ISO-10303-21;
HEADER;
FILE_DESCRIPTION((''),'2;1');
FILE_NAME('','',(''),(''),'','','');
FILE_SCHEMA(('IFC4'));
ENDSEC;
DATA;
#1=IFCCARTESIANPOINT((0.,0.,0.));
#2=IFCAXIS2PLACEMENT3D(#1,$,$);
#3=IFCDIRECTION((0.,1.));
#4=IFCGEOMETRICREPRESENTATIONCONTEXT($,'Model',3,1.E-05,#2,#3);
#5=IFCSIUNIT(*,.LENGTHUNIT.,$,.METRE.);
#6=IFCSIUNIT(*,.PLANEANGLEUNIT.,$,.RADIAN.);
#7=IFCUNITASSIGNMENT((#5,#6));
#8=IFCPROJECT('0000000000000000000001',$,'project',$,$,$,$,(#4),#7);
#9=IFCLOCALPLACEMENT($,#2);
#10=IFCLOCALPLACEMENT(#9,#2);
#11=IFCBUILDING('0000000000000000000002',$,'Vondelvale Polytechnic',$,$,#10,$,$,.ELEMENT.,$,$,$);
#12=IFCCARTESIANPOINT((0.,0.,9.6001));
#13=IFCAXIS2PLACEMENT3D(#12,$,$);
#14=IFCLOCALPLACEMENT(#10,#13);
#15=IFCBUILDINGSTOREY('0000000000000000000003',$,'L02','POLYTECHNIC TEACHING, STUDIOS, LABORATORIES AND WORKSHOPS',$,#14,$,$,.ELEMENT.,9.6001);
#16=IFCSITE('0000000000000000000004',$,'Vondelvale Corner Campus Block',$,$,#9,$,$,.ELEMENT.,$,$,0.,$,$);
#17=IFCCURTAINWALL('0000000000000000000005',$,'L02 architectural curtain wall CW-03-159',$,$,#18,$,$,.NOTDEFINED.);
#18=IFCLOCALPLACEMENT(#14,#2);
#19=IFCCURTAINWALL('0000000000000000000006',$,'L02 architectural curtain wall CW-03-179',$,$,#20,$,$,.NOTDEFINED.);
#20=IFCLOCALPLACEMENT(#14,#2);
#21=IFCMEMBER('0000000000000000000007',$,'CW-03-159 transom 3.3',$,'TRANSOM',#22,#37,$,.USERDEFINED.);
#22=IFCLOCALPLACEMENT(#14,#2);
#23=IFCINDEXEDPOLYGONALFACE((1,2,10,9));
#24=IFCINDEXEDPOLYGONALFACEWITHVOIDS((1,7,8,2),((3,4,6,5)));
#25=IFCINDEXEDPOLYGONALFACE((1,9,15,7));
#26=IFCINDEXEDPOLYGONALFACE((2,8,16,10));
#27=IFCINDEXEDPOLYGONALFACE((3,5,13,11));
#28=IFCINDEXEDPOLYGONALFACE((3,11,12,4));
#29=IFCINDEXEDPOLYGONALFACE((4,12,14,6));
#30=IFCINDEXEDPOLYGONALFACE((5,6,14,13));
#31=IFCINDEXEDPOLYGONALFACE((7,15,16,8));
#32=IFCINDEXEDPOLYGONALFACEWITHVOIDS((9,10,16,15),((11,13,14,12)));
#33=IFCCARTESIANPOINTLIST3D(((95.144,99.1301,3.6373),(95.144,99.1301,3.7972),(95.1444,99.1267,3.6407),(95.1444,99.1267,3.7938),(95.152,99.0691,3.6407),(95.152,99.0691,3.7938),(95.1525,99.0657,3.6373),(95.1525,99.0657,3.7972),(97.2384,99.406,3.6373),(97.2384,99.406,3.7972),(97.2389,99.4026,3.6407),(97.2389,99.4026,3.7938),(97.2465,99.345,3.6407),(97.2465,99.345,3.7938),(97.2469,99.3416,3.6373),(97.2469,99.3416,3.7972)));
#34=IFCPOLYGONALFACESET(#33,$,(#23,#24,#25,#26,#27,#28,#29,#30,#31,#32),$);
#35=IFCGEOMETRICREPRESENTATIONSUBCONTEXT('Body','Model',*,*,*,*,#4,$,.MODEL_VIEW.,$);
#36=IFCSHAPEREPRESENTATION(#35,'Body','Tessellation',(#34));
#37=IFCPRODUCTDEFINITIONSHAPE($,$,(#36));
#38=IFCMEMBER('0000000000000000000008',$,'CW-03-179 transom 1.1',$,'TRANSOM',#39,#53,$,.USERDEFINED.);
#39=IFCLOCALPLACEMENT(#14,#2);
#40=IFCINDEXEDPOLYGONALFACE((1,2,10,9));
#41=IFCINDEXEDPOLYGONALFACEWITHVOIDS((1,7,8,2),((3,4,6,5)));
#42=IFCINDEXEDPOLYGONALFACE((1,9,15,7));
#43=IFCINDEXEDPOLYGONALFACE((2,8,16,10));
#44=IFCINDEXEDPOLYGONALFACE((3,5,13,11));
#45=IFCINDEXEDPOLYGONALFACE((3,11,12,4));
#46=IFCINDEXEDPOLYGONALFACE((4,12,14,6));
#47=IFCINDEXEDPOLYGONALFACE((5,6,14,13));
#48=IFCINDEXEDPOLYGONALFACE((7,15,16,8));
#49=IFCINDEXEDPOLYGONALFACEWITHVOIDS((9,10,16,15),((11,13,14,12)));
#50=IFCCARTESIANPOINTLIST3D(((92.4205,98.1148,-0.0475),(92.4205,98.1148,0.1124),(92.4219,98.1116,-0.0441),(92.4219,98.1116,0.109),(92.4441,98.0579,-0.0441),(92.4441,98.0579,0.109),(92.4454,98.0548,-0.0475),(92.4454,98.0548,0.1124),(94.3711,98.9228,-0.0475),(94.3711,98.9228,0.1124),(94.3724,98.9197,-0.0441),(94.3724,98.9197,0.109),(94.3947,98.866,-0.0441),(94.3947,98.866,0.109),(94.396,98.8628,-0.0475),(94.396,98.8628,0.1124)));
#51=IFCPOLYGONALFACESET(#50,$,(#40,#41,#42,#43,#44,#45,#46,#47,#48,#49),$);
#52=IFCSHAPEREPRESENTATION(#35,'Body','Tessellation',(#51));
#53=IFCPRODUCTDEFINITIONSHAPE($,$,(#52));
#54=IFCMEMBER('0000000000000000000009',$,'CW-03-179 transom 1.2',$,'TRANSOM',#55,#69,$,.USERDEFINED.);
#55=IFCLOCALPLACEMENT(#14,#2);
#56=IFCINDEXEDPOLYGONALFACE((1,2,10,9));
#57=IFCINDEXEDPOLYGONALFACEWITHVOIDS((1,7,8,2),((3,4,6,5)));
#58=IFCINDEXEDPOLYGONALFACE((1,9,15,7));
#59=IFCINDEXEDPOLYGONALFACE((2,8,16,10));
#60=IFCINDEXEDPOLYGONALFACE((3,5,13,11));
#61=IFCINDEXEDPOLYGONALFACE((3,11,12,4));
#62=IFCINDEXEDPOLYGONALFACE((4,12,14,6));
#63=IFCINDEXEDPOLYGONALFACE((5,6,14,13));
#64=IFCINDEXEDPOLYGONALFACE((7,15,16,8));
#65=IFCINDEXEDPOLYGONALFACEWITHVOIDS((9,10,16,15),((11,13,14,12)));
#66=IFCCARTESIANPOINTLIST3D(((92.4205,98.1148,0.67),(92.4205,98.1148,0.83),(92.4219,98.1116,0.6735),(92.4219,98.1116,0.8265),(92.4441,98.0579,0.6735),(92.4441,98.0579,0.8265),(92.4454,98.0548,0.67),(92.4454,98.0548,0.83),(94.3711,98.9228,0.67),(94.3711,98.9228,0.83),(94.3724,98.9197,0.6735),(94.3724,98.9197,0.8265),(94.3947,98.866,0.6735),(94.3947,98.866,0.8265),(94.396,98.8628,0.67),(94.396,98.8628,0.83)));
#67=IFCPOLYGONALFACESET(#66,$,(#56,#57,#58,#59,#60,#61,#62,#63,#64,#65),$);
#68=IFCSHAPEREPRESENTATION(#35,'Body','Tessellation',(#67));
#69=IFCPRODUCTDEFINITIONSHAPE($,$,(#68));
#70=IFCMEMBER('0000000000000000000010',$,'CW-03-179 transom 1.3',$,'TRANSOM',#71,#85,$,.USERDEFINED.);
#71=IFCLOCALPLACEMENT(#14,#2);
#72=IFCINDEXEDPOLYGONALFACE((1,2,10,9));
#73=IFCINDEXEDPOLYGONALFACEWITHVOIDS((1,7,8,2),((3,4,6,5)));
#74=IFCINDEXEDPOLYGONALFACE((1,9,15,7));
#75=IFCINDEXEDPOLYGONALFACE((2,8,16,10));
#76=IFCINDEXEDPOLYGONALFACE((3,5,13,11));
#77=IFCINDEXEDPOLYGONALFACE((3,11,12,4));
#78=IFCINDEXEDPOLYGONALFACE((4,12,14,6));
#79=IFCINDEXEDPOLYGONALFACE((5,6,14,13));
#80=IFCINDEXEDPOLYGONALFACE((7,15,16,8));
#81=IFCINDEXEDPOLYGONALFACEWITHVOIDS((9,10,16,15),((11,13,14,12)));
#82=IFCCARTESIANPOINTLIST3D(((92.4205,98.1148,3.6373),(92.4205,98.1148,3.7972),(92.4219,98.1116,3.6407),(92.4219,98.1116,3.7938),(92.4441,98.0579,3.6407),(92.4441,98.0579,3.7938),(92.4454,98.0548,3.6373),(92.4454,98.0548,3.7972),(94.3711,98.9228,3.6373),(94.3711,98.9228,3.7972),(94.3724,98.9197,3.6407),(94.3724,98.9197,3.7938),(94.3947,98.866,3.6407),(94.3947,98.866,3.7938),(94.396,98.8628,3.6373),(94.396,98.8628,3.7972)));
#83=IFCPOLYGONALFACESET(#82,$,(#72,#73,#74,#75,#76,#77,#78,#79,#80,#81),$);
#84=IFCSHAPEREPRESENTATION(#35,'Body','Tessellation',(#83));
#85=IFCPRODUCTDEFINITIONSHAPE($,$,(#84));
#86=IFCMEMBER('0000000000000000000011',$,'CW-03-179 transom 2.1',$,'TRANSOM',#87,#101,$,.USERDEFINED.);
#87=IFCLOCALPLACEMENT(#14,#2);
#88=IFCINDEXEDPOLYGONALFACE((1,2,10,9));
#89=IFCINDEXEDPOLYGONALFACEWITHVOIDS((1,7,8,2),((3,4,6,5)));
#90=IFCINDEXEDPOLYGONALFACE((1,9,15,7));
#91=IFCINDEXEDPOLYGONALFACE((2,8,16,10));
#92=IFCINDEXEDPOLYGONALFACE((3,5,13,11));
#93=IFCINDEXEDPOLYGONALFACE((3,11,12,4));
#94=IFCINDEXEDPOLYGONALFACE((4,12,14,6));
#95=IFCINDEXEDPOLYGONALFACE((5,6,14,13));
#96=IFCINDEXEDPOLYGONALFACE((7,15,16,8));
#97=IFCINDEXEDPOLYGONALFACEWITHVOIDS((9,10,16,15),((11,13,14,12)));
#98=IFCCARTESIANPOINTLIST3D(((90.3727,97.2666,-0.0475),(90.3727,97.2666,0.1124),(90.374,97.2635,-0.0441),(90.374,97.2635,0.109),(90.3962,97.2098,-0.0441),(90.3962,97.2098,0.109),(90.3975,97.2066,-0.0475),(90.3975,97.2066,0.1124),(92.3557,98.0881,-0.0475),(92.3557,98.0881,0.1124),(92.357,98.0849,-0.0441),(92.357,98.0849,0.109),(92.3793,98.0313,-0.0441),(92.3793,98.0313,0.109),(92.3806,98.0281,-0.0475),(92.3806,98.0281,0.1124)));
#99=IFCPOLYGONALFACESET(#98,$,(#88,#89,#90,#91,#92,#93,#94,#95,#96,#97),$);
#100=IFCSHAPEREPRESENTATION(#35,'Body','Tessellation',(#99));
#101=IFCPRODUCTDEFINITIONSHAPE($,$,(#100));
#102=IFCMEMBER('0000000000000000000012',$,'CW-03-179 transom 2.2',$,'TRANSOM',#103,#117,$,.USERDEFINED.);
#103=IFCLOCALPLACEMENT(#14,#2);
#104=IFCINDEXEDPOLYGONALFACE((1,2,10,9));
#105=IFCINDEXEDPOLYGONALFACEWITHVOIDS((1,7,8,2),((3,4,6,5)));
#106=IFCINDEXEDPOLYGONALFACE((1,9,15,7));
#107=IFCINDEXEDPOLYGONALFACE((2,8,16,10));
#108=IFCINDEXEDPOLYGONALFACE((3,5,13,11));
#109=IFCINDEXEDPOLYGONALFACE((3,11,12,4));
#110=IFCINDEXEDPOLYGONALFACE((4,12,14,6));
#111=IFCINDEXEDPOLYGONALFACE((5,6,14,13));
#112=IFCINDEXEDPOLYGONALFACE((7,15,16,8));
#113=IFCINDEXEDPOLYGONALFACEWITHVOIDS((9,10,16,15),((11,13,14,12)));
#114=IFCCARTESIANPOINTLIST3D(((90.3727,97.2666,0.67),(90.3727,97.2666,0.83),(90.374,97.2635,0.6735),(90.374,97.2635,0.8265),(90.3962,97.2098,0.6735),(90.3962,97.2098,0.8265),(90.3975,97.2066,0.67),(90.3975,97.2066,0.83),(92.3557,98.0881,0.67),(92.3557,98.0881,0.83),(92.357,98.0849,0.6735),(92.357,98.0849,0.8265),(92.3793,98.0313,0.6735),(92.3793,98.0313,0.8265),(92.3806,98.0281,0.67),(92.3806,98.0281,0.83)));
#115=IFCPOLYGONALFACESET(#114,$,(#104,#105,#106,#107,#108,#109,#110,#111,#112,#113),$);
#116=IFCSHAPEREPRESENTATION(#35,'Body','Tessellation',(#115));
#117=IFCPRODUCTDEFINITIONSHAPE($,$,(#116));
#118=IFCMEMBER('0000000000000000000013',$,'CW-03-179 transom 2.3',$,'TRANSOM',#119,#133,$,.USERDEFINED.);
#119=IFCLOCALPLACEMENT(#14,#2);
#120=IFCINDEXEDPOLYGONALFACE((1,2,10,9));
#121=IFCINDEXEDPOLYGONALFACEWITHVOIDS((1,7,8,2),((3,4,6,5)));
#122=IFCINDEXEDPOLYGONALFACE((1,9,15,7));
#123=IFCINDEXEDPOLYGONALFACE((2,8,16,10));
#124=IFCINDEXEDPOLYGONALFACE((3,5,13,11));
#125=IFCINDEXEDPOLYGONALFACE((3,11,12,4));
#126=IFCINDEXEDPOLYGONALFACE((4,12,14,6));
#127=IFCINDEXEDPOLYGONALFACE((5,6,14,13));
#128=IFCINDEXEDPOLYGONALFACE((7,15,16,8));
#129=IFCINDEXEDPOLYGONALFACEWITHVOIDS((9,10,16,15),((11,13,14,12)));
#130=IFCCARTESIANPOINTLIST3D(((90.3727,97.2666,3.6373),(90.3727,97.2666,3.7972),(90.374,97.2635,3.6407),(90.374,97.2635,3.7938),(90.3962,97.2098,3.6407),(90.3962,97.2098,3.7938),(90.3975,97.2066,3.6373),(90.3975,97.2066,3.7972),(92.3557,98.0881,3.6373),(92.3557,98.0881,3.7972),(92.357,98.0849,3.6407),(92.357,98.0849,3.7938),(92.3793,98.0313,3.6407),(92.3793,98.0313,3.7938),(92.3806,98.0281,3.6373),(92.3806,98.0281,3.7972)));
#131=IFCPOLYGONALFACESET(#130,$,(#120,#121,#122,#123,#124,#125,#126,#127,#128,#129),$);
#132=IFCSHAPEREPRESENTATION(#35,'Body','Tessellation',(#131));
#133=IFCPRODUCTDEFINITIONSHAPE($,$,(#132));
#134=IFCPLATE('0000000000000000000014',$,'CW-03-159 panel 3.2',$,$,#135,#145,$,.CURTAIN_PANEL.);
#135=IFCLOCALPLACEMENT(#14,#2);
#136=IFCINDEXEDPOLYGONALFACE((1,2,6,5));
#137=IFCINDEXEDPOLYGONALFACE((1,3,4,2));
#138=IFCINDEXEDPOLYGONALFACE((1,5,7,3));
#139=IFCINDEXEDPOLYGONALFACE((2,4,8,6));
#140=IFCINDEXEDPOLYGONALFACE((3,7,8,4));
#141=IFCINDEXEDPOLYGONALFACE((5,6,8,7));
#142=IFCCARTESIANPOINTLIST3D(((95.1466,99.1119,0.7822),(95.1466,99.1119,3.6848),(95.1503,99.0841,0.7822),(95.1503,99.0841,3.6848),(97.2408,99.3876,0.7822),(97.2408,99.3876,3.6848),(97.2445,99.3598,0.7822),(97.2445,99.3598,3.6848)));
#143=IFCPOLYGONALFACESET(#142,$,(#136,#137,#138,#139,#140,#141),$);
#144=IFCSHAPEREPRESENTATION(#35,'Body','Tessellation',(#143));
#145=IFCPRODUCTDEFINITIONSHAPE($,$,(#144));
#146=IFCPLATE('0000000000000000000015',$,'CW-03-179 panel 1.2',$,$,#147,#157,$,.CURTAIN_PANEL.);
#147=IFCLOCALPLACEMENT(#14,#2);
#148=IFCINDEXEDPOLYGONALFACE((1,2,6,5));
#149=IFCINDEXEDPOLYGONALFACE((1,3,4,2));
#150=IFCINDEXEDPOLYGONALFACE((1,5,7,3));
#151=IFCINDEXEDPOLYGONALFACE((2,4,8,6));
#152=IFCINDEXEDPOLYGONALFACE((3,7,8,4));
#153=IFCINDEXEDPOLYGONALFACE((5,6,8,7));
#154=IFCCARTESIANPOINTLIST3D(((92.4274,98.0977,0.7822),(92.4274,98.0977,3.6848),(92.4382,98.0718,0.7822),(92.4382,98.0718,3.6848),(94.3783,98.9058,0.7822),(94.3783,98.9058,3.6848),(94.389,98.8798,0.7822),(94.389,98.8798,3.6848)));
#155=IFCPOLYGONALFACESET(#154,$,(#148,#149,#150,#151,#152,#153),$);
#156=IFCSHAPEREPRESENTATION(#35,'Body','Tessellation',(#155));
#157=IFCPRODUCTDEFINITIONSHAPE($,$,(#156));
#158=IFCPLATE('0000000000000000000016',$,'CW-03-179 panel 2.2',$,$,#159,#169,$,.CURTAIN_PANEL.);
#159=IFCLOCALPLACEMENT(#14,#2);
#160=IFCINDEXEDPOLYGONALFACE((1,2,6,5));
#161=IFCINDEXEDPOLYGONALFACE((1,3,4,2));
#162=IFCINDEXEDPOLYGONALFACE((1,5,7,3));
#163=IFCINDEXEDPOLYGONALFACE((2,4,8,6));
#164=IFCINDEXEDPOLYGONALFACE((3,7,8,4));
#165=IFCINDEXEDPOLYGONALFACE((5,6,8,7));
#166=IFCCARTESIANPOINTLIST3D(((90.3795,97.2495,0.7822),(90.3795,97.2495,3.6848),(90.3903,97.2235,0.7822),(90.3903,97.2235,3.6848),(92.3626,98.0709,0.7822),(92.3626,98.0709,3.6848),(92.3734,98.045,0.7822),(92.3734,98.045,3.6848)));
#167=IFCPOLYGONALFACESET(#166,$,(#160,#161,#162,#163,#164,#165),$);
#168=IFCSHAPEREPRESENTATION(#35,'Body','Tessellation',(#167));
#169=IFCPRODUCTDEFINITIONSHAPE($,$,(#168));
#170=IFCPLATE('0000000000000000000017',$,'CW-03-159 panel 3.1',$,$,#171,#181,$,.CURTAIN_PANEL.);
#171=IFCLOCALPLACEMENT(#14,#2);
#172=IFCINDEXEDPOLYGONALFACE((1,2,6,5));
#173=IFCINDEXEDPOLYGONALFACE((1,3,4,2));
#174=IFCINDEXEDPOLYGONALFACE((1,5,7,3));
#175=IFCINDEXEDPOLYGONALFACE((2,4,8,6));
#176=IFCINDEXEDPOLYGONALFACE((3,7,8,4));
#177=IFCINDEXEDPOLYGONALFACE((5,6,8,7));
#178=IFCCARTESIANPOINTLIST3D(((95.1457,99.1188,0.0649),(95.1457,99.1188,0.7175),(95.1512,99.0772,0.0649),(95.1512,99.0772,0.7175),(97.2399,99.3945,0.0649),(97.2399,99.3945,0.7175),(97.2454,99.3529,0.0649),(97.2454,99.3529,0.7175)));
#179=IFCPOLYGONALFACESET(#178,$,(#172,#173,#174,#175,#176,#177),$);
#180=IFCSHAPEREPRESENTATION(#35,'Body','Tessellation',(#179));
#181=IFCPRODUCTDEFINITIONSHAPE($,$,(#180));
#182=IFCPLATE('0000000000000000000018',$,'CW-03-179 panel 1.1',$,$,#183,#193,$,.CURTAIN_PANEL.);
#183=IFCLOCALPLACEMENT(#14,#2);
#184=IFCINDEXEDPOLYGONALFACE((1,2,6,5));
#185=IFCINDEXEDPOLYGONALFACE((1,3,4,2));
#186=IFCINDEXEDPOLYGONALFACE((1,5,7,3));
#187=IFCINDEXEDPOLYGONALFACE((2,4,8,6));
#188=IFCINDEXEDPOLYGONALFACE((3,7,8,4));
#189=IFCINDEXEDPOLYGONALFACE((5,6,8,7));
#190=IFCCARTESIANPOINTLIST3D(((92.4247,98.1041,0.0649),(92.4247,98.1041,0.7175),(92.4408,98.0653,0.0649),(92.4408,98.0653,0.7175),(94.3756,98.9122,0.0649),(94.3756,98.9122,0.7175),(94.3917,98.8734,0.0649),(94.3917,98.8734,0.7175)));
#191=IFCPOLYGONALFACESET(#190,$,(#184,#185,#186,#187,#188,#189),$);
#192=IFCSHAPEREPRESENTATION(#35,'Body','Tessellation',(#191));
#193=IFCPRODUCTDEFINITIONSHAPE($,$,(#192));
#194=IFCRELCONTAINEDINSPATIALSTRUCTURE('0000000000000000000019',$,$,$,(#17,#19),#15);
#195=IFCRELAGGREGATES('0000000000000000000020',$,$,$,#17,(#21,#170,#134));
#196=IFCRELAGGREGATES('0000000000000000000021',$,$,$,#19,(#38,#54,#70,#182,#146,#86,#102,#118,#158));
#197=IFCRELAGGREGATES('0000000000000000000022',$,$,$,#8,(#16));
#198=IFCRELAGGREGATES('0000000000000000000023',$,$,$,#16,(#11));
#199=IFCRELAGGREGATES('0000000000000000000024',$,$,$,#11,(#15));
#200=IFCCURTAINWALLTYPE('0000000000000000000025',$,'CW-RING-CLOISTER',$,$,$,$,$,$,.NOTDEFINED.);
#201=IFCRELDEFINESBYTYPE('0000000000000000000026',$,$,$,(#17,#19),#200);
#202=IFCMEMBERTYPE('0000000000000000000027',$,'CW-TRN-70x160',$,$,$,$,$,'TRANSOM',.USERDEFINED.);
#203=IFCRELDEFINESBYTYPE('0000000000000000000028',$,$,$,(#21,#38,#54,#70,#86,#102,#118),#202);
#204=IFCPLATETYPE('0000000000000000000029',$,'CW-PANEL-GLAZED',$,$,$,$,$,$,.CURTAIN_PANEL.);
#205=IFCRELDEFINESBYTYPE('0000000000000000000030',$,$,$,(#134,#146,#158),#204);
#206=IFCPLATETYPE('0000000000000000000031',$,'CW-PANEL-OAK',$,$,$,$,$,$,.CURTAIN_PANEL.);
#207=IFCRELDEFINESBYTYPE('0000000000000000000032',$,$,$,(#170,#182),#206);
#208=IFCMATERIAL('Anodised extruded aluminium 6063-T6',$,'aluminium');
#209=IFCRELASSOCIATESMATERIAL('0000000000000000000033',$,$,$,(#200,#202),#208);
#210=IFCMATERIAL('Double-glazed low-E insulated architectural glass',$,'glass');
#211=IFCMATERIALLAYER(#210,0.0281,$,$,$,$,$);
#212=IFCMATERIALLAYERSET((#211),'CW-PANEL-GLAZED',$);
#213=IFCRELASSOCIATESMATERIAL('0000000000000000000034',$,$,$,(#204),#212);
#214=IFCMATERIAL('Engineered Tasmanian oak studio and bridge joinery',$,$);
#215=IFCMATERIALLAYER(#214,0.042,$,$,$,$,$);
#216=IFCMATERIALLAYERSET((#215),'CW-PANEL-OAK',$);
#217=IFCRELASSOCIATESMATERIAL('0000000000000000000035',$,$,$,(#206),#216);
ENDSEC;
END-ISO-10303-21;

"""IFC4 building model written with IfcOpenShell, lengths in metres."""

from ifc_helpers import new_model, si_unit, direction, frame, origin, origin_2d, place, context, subcontext, project, spatial, rectangle, hollow_rectangle, extrude, material, layer, layer_set, material_profile, profile_set, type_object, element, aggregate, save


model = new_model("IFC4")

# Units and contexts
model_context = context("Model", 3, precision=1e-05, world=origin(), true_north=direction((0.0, 1.0)))
body_context = subcontext(model_context, "Body", "Model", "MODEL_VIEW")
ifc_project = project(units=[si_unit("LENGTHUNIT", "METRE"), si_unit("PLANEANGLEUNIT", "RADIAN")], contexts=[model_context])

# Site, building, storey
site_placement = place(None, origin())
site = spatial("IfcSite", under=ifc_project, at=site_placement, Name="Vondelvale Corner Campus Block", CompositionType="ELEMENT", RefElevation=0.0)
building_placement = place(site_placement, origin())
building = spatial("IfcBuilding", under=site, at=building_placement, Name="Vondelvale Polytechnic", CompositionType="ELEMENT")
storey_placement = place(building_placement, frame((0.0, 0.0, 9.6001)))
storey = spatial("IfcBuildingStorey", under=building, at=storey_placement, Name="L02", Description="POLYTECHNIC TEACHING, STUDIOS, LABORATORIES AND WORKSHOPS", CompositionType="ELEMENT", Elevation=9.6001)

# Curtain wall
ifc_material_1 = material(Name="Anodised extruded aluminium 6063-T6", Category="aluminium")
curtain_wall_type = type_object("IfcCurtainWallType", Name="CW-RING-CLOISTER", PredefinedType="NOTDEFINED", material=ifc_material_1)
curtain_wall_1_placement = place(storey_placement, origin())
curtain_wall_1 = element("IfcCurtainWall", 1, at=curtain_wall_1_placement, inside=storey, type_object=curtain_wall_type, Name="L02 architectural curtain wall CW-03-159", PredefinedType="NOTDEFINED")

# Curtain wall
curtain_wall_2_placement = place(storey_placement, origin())
curtain_wall_2 = element("IfcCurtainWall", 2, at=curtain_wall_2_placement, inside=storey, type_object=curtain_wall_type, Name="L02 architectural curtain wall CW-03-179", PredefinedType="NOTDEFINED")

# Members
ifc_material_profile_1 = material_profile(ifc_material_1, hollow_rectangle(XDim=0.0649, YDim=0.1599, WallThickness=0.0034, at=origin_2d()), Name="CW-TRN-160x65")
ifc_profile_set_1 = profile_set([ifc_material_profile_1], Name="Anodised extruded aluminium 6063-T6")
member_type_1 = type_object("IfcMemberType", Name="CW-TRN-70x160", ElementType="TRANSOM", PredefinedType="USERDEFINED", material=ifc_profile_set_1)
member_1_placement = place(storey_placement, frame((97.2427, 99.3738, 3.7173), z_axis=(-0.991437, -0.130589, 0.0), x_axis=(0.130589, -0.991437, 0.0)))
member_1 = element("IfcMember", 3, at=member_1_placement, type_object=member_type_1, Name="CW-03-159 transom 3.3", ObjectType="TRANSOM", PredefinedType="USERDEFINED", context=body_context, shape_type="SweptSolid", body=[
    extrude(hollow_rectangle(XDim=0.0649, YDim=0.1599, WallThickness=0.0034, at=origin_2d()), origin(), (0.0, 0.0, 1.0), 2.1125),
])
member_2_placement = place(storey_placement, frame((94.3835, 98.8928, 0.0325), z_axis=(-0.923862, -0.382726, 0.0), x_axis=(0.382726, -0.923862, 0.0)))
member_2 = element("IfcMember", 4, at=member_2_placement, type_object=member_type_1, Name="CW-03-179 transom 1.1", ObjectType="TRANSOM", PredefinedType="USERDEFINED", context=body_context, shape_type="SweptSolid", body=[
    extrude(hollow_rectangle(XDim=0.0649, YDim=0.1599, WallThickness=0.0034, at=origin_2d()), origin(), (0.0, 0.0, 1.0), 2.1113),
])
member_3_placement = place(storey_placement, frame((94.3835, 98.8928, 0.75), z_axis=(-0.923862, -0.382726, 0.0), x_axis=(0.382726, -0.923862, 0.0)))
member_3 = element("IfcMember", 5, at=member_3_placement, type_object=member_type_1, Name="CW-03-179 transom 1.2", ObjectType="TRANSOM", PredefinedType="USERDEFINED", context=body_context, shape_type="SweptSolid", body=[
    extrude(hollow_rectangle(XDim=0.0649, YDim=0.1599, WallThickness=0.0034, at=origin_2d()), origin(), (0.0, 0.0, 1.0), 2.1113),
])
member_4_placement = place(storey_placement, frame((94.3835, 98.8928, 3.7173), z_axis=(-0.923862, -0.382726, 0.0), x_axis=(0.382726, -0.923862, 0.0)))
member_4 = element("IfcMember", 6, at=member_4_placement, type_object=member_type_1, Name="CW-03-179 transom 1.3", ObjectType="TRANSOM", PredefinedType="USERDEFINED", context=body_context, shape_type="SweptSolid", body=[
    extrude(hollow_rectangle(XDim=0.0649, YDim=0.1599, WallThickness=0.0034, at=origin_2d()), origin(), (0.0, 0.0, 1.0), 2.1113),
])
member_5_placement = place(storey_placement, frame((92.3682, 98.0581, 0.0325), z_axis=(-0.923866, -0.382717, 0.0), x_axis=(0.382717, -0.923866, 0.0)))
member_5 = element("IfcMember", 7, at=member_5_placement, type_object=member_type_1, Name="CW-03-179 transom 2.1", ObjectType="TRANSOM", PredefinedType="USERDEFINED", context=body_context, shape_type="SweptSolid", body=[
    extrude(hollow_rectangle(XDim=0.0649, YDim=0.1599, WallThickness=0.0034, at=origin_2d()), origin(), (0.0, 0.0, 1.0), 2.1465),
])
member_6_placement = place(storey_placement, frame((92.3682, 98.0581, 0.75), z_axis=(-0.923866, -0.382717, 0.0), x_axis=(0.382717, -0.923866, 0.0)))
member_6 = element("IfcMember", 8, at=member_6_placement, type_object=member_type_1, Name="CW-03-179 transom 2.2", ObjectType="TRANSOM", PredefinedType="USERDEFINED", context=body_context, shape_type="SweptSolid", body=[
    extrude(hollow_rectangle(XDim=0.0649, YDim=0.1599, WallThickness=0.0034, at=origin_2d()), origin(), (0.0, 0.0, 1.0), 2.1465),
])
member_7_placement = place(storey_placement, frame((92.3682, 98.0581, 3.7173), z_axis=(-0.923866, -0.382717, 0.0), x_axis=(0.382717, -0.923866, 0.0)))
member_7 = element("IfcMember", 9, at=member_7_placement, type_object=member_type_1, Name="CW-03-179 transom 2.3", ObjectType="TRANSOM", PredefinedType="USERDEFINED", context=body_context, shape_type="SweptSolid", body=[
    extrude(hollow_rectangle(XDim=0.0649, YDim=0.1599, WallThickness=0.0034, at=origin_2d()), origin(), (0.0, 0.0, 1.0), 2.1465),
])

# Plates
ifc_material_2 = material(Name="Double-glazed low-E insulated architectural glass", Category="glass")
ifc_layer_1 = layer(ifc_material_2, 0.0281)
ifc_layer_set_1 = layer_set([ifc_layer_1], Name="CW-PANEL-GLAZED")
plate_type_1 = type_object("IfcPlateType", Name="CW-PANEL-GLAZED", PredefinedType="CURTAIN_PANEL", material=ifc_layer_set_1)
plate_1_placement = place(storey_placement, frame((96.1956, 99.2358, 0.7822), z_axis=(0.0, 0.0, 1.0), x_axis=(-0.991445, -0.130528, 0.0)))
plate_1 = element("IfcPlate", 10, at=plate_1_placement, type_object=plate_type_1, Name="CW-03-159 panel 3.2", PredefinedType="CURTAIN_PANEL", context=body_context, shape_type="SweptSolid", body=[
    extrude(rectangle(XDim=2.1123, YDim=0.0281, at=origin_2d()), origin(), (0.0, 0.0, 1.0), 2.9026),
])
plate_2_placement = place(storey_placement, frame((93.4082, 98.4888, 0.7822), z_axis=(0.0, 0.0, 1.0), x_axis=(-0.923882, -0.382679, 0.0)))
plate_2 = element("IfcPlate", 11, at=plate_2_placement, type_object=plate_type_1, Name="CW-03-179 panel 1.2", PredefinedType="CURTAIN_PANEL", context=body_context, shape_type="SweptSolid", body=[
    extrude(rectangle(XDim=2.1116, YDim=0.0281, at=origin_2d()), origin(), (0.0, 0.0, 1.0), 2.9026),
])
plate_3_placement = place(storey_placement, frame((91.3765, 97.6472, 0.7822), z_axis=(0.0, 0.0, 1.0), x_axis=(-0.923882, -0.382679, 0.0)))
plate_3 = element("IfcPlate", 12, at=plate_3_placement, type_object=plate_type_1, Name="CW-03-179 panel 2.2", PredefinedType="CURTAIN_PANEL", context=body_context, shape_type="SweptSolid", body=[
    extrude(rectangle(XDim=2.1465, YDim=0.0281, at=origin_2d()), origin(), (0.0, 0.0, 1.0), 2.9026),
])
ifc_material_3 = material(Name="Engineered Tasmanian oak studio and bridge joinery")
ifc_layer_2 = layer(ifc_material_3, 0.042)
ifc_layer_set_2 = layer_set([ifc_layer_2], Name="CW-PANEL-OAK")
plate_type_2 = type_object("IfcPlateType", Name="CW-PANEL-OAK", PredefinedType="CURTAIN_PANEL", material=ifc_layer_set_2)
plate_4_placement = place(storey_placement, frame((96.1956, 99.2358, 0.0649), z_axis=(0.0, 0.0, 1.0), x_axis=(-0.991445, -0.130528, 0.0)))
plate_4 = element("IfcPlate", 13, at=plate_4_placement, type_object=plate_type_2, Name="CW-03-159 panel 3.1", PredefinedType="CURTAIN_PANEL", context=body_context, shape_type="SweptSolid", body=[
    extrude(rectangle(XDim=2.1123, YDim=0.042, at=origin_2d()), origin(), (0.0, 0.0, 1.0), 0.6526),
])
aggregate(curtain_wall_1, [member_1, plate_4, plate_1])
plate_5_placement = place(storey_placement, frame((93.4082, 98.4888, 0.0649), z_axis=(0.0, 0.0, 1.0), x_axis=(-0.923882, -0.382679, 0.0)))
plate_5 = element("IfcPlate", 14, at=plate_5_placement, type_object=plate_type_2, Name="CW-03-179 panel 1.1", PredefinedType="CURTAIN_PANEL", context=body_context, shape_type="SweptSolid", body=[
    extrude(rectangle(XDim=2.1116, YDim=0.042, at=origin_2d()), origin(), (0.0, 0.0, 1.0), 0.6526),
])
aggregate(curtain_wall_2, [member_2, member_3, member_4, plate_5, plate_2, member_5, member_6, member_7, plate_3])

save(model, "model.ifc")
